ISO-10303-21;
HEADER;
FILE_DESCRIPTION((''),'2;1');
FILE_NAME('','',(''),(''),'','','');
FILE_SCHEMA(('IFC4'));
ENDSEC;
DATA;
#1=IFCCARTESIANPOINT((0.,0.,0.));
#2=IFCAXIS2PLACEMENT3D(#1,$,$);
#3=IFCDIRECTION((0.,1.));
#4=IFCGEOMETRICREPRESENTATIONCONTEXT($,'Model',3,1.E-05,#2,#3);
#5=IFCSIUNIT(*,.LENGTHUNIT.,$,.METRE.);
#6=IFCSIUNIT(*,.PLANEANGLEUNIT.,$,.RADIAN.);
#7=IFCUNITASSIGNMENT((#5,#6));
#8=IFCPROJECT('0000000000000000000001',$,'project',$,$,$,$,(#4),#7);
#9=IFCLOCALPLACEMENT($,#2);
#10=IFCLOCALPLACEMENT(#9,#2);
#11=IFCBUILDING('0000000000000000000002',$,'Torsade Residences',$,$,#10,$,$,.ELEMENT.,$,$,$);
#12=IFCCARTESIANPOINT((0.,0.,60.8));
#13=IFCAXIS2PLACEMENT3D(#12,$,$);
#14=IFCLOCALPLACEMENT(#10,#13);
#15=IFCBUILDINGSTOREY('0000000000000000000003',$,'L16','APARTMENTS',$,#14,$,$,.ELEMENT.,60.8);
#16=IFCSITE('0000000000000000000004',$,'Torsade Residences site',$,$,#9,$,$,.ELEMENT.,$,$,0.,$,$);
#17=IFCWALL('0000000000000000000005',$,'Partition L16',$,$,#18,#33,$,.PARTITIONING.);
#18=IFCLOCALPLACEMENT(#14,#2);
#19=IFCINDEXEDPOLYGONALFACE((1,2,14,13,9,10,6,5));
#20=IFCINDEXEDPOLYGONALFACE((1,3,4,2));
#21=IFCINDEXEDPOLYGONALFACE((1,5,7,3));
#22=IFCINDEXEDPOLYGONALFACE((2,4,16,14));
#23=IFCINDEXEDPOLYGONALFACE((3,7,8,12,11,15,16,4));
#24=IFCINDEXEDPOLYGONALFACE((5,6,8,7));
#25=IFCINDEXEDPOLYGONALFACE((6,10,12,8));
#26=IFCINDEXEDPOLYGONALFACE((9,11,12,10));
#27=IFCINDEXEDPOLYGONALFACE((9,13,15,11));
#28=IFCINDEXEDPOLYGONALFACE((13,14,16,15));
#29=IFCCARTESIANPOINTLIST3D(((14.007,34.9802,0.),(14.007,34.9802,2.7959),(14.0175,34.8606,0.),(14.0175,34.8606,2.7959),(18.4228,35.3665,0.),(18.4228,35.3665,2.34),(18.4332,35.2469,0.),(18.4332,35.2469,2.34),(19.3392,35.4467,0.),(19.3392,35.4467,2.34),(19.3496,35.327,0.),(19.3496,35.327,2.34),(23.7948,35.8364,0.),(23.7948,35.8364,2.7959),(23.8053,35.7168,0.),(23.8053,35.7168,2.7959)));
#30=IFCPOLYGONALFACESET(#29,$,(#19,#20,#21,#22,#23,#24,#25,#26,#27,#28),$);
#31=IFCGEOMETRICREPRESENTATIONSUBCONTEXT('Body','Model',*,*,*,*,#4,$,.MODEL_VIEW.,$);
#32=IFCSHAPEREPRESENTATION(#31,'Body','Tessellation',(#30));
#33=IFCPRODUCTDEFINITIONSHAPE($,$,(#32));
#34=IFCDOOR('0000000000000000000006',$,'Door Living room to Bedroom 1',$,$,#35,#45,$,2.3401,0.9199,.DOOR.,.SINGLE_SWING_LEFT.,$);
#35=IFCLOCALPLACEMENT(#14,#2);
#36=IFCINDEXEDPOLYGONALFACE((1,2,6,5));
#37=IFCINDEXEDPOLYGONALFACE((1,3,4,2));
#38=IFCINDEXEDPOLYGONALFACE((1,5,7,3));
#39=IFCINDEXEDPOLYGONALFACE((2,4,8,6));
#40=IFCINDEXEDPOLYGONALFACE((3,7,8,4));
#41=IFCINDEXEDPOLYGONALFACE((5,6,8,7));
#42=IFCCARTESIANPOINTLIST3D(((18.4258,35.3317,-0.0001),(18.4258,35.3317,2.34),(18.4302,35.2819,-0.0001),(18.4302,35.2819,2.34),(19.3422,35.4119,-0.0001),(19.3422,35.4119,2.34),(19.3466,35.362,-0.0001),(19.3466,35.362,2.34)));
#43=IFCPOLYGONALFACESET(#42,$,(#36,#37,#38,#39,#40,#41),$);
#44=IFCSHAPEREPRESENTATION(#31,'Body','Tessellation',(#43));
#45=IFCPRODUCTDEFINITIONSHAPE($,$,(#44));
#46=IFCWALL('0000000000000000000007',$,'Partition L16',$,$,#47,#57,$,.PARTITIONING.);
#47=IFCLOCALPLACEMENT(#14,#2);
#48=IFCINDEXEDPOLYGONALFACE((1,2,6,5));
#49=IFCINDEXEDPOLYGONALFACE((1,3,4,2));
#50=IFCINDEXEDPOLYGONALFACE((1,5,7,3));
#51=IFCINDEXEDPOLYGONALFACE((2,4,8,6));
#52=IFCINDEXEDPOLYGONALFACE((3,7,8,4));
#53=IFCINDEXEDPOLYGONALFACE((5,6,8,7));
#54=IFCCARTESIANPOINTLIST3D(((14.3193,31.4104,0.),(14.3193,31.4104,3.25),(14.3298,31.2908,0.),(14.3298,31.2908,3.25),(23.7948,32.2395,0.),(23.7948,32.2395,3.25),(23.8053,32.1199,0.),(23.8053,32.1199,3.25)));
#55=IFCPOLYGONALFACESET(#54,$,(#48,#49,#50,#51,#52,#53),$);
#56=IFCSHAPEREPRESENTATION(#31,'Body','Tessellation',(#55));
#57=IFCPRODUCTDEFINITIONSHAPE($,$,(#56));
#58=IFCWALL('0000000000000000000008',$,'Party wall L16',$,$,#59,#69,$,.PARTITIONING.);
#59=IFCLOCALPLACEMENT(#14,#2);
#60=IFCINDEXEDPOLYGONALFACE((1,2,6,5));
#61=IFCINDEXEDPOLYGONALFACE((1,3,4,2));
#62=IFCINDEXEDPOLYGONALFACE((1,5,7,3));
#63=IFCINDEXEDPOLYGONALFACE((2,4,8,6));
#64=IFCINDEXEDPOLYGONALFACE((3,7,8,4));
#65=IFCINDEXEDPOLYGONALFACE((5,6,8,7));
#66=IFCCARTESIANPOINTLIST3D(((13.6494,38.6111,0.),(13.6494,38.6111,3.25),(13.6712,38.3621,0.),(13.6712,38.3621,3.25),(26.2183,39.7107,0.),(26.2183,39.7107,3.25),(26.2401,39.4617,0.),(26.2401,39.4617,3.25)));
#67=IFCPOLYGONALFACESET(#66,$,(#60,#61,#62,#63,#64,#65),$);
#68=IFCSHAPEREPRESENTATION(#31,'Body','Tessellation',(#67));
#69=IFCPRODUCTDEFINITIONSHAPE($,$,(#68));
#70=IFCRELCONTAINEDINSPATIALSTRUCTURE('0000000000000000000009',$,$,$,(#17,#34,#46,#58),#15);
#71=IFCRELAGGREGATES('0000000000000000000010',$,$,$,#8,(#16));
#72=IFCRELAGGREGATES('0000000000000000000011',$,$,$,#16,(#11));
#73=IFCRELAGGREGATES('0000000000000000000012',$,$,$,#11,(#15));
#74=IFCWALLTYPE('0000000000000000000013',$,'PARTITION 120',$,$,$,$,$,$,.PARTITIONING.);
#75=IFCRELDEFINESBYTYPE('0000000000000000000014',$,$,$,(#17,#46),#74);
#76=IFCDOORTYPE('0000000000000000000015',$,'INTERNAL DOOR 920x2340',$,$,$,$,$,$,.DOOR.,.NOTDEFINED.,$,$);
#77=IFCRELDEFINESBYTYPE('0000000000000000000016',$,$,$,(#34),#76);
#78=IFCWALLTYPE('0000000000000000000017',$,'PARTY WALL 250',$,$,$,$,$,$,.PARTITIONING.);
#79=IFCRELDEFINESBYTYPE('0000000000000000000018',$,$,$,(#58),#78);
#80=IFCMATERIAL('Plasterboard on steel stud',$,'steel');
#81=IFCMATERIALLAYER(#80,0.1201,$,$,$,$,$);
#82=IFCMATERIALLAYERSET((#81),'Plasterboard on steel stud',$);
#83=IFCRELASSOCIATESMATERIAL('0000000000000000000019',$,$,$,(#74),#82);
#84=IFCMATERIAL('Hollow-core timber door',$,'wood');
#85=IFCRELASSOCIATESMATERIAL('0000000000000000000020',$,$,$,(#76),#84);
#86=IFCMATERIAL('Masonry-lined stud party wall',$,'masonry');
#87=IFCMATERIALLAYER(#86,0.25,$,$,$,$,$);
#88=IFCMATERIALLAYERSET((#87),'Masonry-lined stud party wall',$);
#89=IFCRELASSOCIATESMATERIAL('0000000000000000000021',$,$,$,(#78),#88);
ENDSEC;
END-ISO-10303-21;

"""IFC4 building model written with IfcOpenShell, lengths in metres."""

from ifc_helpers import new_model, si_unit, direction, frame, frame_2d, origin, place, context, subcontext, project, spatial, rectangle, extrude, material, layer, layer_set, type_object, element, fill, save


model = new_model("IFC4")

# Units and contexts
model_context = context("Model", 3, precision=1e-05, world=origin(), true_north=direction((0.0, 1.0)))
body_context = subcontext(model_context, "Body", "Model", "MODEL_VIEW")
ifc_project = project(units=[si_unit("LENGTHUNIT", "METRE"), si_unit("PLANEANGLEUNIT", "RADIAN")], contexts=[model_context])

# Site, building, storey
site_placement = place(None, origin())
site = spatial("IfcSite", under=ifc_project, at=site_placement, Name="Torsade Residences site", CompositionType="ELEMENT", RefElevation=0.0)
building_placement = place(site_placement, origin())
building = spatial("IfcBuilding", under=site, at=building_placement, Name="Torsade Residences", CompositionType="ELEMENT")
storey_placement = place(building_placement, frame((0.0, 0.0, 60.8)))
storey = spatial("IfcBuildingStorey", under=building, at=storey_placement, Name="L16", Description="APARTMENTS", CompositionType="ELEMENT", Elevation=60.8)

# Wall, opening, door
ifc_material_1 = material(Name="Plasterboard on steel stud", Category="steel")
ifc_layer_1 = layer(ifc_material_1, 0.1201)
ifc_layer_set_1 = layer_set([ifc_layer_1], Name="Plasterboard on steel stud")
wall_type_1 = type_object("IfcWallType", Name="PARTITION 120", PredefinedType="PARTITIONING", material=ifc_layer_set_1)
wall_1_placement = place(storey_placement, frame((23.8, 35.7766, 0.0), z_axis=(0.0, 0.0, 1.0), x_axis=(-0.996196, -0.087143, 0.0)))
wall_1 = element("IfcWall", 1, at=wall_1_placement, inside=storey, type_object=wall_type_1, Name="Partition L16", PredefinedType="PARTITIONING", context=body_context, shape_type="SweptSolid", body=[
    extrude(rectangle(XDim=9.8252, YDim=0.1201, at=frame_2d((4.9126, 0.0))), origin(), (0.0, 0.0, 1.0), 2.7959),
])
opening_1_placement = place(wall_1_placement, frame((4.4727, 0.0, 0.0)))
opening_1 = element("IfcOpeningElement", 2, at=opening_1_placement, cuts=wall_1, PredefinedType="OPENING", context=body_context, shape_type="SweptSolid", body=[
    extrude(rectangle(XDim=0.9199, YDim=2.3401, at=frame_2d((0.46, 1.1699))), frame((0.0, 0.0701, 0.0), z_axis=(0.0, -1.0, 0.0), x_axis=(1.0, 0.0, 0.0)), (0.0, 0.0, 1.0), 0.1401),
])
ifc_material_2 = material(Name="Hollow-core timber door", Category="wood")
door_type_1 = type_object("IfcDoorType", Name="INTERNAL DOOR 920x2340", OperationType="NOTDEFINED", PredefinedType="DOOR", material=ifc_material_2)
door_1_placement = place(opening_1_placement, origin())
door_1 = element("IfcDoor", 3, at=door_1_placement, inside=storey, type_object=door_type_1, Name="Door Living room to Bedroom 1", OperationType="SINGLE_SWING_LEFT", OverallHeight=2.3401, OverallWidth=0.9199, PredefinedType="DOOR", context=body_context, shape_type="SweptSolid", body=[
    extrude(rectangle(XDim=0.9199, YDim=2.3401, at=frame_2d((0.46, 1.1699))), frame((0.0, 0.0249, 0.0), z_axis=(0.0, -1.0, 0.0), x_axis=(1.0, 0.0, 0.0)), (0.0, 0.0, 1.0), 0.05),
])
fill(opening_1, door_1)

# Walls
wall_2_placement = place(storey_placement, frame((23.8, 32.1797, 0.0), z_axis=(0.0, 0.0, 1.0), x_axis=(-0.996194, -0.087166, 0.0)))
element("IfcWall", 4, at=wall_2_placement, inside=storey, type_object=wall_type_1, Name="Partition L16", PredefinedType="PARTITIONING", context=body_context, shape_type="SweptSolid", body=[
    extrude(rectangle(XDim=9.5117, YDim=0.1201, at=frame_2d((4.7559, 0.0))), origin(), (0.0, 0.0, 1.0), 3.25),
])
ifc_material_3 = material(Name="Masonry-lined stud party wall", Category="masonry")
ifc_layer_2 = layer(ifc_material_3, 0.25)
ifc_layer_set_2 = layer_set([ifc_layer_2], Name="Masonry-lined stud party wall")
wall_type_2 = type_object("IfcWallType", Name="PARTY WALL 250", PredefinedType="PARTITIONING", material=ifc_layer_set_2)
wall_3_placement = place(storey_placement, frame((13.6602, 38.4866, 0.0), z_axis=(0.0, 0.0, 1.0), x_axis=(0.996195, 0.087154, 0.0)))
element("IfcWall", 5, at=wall_3_placement, inside=storey, type_object=wall_type_2, Name="Party wall L16", PredefinedType="PARTITIONING", context=body_context, shape_type="SweptSolid", body=[
    extrude(rectangle(XDim=12.6169, YDim=0.25, at=frame_2d((6.3086, 0.0))), origin(), (0.0, 0.0, 1.0), 3.25),
])

save(model, "model.ifc")
